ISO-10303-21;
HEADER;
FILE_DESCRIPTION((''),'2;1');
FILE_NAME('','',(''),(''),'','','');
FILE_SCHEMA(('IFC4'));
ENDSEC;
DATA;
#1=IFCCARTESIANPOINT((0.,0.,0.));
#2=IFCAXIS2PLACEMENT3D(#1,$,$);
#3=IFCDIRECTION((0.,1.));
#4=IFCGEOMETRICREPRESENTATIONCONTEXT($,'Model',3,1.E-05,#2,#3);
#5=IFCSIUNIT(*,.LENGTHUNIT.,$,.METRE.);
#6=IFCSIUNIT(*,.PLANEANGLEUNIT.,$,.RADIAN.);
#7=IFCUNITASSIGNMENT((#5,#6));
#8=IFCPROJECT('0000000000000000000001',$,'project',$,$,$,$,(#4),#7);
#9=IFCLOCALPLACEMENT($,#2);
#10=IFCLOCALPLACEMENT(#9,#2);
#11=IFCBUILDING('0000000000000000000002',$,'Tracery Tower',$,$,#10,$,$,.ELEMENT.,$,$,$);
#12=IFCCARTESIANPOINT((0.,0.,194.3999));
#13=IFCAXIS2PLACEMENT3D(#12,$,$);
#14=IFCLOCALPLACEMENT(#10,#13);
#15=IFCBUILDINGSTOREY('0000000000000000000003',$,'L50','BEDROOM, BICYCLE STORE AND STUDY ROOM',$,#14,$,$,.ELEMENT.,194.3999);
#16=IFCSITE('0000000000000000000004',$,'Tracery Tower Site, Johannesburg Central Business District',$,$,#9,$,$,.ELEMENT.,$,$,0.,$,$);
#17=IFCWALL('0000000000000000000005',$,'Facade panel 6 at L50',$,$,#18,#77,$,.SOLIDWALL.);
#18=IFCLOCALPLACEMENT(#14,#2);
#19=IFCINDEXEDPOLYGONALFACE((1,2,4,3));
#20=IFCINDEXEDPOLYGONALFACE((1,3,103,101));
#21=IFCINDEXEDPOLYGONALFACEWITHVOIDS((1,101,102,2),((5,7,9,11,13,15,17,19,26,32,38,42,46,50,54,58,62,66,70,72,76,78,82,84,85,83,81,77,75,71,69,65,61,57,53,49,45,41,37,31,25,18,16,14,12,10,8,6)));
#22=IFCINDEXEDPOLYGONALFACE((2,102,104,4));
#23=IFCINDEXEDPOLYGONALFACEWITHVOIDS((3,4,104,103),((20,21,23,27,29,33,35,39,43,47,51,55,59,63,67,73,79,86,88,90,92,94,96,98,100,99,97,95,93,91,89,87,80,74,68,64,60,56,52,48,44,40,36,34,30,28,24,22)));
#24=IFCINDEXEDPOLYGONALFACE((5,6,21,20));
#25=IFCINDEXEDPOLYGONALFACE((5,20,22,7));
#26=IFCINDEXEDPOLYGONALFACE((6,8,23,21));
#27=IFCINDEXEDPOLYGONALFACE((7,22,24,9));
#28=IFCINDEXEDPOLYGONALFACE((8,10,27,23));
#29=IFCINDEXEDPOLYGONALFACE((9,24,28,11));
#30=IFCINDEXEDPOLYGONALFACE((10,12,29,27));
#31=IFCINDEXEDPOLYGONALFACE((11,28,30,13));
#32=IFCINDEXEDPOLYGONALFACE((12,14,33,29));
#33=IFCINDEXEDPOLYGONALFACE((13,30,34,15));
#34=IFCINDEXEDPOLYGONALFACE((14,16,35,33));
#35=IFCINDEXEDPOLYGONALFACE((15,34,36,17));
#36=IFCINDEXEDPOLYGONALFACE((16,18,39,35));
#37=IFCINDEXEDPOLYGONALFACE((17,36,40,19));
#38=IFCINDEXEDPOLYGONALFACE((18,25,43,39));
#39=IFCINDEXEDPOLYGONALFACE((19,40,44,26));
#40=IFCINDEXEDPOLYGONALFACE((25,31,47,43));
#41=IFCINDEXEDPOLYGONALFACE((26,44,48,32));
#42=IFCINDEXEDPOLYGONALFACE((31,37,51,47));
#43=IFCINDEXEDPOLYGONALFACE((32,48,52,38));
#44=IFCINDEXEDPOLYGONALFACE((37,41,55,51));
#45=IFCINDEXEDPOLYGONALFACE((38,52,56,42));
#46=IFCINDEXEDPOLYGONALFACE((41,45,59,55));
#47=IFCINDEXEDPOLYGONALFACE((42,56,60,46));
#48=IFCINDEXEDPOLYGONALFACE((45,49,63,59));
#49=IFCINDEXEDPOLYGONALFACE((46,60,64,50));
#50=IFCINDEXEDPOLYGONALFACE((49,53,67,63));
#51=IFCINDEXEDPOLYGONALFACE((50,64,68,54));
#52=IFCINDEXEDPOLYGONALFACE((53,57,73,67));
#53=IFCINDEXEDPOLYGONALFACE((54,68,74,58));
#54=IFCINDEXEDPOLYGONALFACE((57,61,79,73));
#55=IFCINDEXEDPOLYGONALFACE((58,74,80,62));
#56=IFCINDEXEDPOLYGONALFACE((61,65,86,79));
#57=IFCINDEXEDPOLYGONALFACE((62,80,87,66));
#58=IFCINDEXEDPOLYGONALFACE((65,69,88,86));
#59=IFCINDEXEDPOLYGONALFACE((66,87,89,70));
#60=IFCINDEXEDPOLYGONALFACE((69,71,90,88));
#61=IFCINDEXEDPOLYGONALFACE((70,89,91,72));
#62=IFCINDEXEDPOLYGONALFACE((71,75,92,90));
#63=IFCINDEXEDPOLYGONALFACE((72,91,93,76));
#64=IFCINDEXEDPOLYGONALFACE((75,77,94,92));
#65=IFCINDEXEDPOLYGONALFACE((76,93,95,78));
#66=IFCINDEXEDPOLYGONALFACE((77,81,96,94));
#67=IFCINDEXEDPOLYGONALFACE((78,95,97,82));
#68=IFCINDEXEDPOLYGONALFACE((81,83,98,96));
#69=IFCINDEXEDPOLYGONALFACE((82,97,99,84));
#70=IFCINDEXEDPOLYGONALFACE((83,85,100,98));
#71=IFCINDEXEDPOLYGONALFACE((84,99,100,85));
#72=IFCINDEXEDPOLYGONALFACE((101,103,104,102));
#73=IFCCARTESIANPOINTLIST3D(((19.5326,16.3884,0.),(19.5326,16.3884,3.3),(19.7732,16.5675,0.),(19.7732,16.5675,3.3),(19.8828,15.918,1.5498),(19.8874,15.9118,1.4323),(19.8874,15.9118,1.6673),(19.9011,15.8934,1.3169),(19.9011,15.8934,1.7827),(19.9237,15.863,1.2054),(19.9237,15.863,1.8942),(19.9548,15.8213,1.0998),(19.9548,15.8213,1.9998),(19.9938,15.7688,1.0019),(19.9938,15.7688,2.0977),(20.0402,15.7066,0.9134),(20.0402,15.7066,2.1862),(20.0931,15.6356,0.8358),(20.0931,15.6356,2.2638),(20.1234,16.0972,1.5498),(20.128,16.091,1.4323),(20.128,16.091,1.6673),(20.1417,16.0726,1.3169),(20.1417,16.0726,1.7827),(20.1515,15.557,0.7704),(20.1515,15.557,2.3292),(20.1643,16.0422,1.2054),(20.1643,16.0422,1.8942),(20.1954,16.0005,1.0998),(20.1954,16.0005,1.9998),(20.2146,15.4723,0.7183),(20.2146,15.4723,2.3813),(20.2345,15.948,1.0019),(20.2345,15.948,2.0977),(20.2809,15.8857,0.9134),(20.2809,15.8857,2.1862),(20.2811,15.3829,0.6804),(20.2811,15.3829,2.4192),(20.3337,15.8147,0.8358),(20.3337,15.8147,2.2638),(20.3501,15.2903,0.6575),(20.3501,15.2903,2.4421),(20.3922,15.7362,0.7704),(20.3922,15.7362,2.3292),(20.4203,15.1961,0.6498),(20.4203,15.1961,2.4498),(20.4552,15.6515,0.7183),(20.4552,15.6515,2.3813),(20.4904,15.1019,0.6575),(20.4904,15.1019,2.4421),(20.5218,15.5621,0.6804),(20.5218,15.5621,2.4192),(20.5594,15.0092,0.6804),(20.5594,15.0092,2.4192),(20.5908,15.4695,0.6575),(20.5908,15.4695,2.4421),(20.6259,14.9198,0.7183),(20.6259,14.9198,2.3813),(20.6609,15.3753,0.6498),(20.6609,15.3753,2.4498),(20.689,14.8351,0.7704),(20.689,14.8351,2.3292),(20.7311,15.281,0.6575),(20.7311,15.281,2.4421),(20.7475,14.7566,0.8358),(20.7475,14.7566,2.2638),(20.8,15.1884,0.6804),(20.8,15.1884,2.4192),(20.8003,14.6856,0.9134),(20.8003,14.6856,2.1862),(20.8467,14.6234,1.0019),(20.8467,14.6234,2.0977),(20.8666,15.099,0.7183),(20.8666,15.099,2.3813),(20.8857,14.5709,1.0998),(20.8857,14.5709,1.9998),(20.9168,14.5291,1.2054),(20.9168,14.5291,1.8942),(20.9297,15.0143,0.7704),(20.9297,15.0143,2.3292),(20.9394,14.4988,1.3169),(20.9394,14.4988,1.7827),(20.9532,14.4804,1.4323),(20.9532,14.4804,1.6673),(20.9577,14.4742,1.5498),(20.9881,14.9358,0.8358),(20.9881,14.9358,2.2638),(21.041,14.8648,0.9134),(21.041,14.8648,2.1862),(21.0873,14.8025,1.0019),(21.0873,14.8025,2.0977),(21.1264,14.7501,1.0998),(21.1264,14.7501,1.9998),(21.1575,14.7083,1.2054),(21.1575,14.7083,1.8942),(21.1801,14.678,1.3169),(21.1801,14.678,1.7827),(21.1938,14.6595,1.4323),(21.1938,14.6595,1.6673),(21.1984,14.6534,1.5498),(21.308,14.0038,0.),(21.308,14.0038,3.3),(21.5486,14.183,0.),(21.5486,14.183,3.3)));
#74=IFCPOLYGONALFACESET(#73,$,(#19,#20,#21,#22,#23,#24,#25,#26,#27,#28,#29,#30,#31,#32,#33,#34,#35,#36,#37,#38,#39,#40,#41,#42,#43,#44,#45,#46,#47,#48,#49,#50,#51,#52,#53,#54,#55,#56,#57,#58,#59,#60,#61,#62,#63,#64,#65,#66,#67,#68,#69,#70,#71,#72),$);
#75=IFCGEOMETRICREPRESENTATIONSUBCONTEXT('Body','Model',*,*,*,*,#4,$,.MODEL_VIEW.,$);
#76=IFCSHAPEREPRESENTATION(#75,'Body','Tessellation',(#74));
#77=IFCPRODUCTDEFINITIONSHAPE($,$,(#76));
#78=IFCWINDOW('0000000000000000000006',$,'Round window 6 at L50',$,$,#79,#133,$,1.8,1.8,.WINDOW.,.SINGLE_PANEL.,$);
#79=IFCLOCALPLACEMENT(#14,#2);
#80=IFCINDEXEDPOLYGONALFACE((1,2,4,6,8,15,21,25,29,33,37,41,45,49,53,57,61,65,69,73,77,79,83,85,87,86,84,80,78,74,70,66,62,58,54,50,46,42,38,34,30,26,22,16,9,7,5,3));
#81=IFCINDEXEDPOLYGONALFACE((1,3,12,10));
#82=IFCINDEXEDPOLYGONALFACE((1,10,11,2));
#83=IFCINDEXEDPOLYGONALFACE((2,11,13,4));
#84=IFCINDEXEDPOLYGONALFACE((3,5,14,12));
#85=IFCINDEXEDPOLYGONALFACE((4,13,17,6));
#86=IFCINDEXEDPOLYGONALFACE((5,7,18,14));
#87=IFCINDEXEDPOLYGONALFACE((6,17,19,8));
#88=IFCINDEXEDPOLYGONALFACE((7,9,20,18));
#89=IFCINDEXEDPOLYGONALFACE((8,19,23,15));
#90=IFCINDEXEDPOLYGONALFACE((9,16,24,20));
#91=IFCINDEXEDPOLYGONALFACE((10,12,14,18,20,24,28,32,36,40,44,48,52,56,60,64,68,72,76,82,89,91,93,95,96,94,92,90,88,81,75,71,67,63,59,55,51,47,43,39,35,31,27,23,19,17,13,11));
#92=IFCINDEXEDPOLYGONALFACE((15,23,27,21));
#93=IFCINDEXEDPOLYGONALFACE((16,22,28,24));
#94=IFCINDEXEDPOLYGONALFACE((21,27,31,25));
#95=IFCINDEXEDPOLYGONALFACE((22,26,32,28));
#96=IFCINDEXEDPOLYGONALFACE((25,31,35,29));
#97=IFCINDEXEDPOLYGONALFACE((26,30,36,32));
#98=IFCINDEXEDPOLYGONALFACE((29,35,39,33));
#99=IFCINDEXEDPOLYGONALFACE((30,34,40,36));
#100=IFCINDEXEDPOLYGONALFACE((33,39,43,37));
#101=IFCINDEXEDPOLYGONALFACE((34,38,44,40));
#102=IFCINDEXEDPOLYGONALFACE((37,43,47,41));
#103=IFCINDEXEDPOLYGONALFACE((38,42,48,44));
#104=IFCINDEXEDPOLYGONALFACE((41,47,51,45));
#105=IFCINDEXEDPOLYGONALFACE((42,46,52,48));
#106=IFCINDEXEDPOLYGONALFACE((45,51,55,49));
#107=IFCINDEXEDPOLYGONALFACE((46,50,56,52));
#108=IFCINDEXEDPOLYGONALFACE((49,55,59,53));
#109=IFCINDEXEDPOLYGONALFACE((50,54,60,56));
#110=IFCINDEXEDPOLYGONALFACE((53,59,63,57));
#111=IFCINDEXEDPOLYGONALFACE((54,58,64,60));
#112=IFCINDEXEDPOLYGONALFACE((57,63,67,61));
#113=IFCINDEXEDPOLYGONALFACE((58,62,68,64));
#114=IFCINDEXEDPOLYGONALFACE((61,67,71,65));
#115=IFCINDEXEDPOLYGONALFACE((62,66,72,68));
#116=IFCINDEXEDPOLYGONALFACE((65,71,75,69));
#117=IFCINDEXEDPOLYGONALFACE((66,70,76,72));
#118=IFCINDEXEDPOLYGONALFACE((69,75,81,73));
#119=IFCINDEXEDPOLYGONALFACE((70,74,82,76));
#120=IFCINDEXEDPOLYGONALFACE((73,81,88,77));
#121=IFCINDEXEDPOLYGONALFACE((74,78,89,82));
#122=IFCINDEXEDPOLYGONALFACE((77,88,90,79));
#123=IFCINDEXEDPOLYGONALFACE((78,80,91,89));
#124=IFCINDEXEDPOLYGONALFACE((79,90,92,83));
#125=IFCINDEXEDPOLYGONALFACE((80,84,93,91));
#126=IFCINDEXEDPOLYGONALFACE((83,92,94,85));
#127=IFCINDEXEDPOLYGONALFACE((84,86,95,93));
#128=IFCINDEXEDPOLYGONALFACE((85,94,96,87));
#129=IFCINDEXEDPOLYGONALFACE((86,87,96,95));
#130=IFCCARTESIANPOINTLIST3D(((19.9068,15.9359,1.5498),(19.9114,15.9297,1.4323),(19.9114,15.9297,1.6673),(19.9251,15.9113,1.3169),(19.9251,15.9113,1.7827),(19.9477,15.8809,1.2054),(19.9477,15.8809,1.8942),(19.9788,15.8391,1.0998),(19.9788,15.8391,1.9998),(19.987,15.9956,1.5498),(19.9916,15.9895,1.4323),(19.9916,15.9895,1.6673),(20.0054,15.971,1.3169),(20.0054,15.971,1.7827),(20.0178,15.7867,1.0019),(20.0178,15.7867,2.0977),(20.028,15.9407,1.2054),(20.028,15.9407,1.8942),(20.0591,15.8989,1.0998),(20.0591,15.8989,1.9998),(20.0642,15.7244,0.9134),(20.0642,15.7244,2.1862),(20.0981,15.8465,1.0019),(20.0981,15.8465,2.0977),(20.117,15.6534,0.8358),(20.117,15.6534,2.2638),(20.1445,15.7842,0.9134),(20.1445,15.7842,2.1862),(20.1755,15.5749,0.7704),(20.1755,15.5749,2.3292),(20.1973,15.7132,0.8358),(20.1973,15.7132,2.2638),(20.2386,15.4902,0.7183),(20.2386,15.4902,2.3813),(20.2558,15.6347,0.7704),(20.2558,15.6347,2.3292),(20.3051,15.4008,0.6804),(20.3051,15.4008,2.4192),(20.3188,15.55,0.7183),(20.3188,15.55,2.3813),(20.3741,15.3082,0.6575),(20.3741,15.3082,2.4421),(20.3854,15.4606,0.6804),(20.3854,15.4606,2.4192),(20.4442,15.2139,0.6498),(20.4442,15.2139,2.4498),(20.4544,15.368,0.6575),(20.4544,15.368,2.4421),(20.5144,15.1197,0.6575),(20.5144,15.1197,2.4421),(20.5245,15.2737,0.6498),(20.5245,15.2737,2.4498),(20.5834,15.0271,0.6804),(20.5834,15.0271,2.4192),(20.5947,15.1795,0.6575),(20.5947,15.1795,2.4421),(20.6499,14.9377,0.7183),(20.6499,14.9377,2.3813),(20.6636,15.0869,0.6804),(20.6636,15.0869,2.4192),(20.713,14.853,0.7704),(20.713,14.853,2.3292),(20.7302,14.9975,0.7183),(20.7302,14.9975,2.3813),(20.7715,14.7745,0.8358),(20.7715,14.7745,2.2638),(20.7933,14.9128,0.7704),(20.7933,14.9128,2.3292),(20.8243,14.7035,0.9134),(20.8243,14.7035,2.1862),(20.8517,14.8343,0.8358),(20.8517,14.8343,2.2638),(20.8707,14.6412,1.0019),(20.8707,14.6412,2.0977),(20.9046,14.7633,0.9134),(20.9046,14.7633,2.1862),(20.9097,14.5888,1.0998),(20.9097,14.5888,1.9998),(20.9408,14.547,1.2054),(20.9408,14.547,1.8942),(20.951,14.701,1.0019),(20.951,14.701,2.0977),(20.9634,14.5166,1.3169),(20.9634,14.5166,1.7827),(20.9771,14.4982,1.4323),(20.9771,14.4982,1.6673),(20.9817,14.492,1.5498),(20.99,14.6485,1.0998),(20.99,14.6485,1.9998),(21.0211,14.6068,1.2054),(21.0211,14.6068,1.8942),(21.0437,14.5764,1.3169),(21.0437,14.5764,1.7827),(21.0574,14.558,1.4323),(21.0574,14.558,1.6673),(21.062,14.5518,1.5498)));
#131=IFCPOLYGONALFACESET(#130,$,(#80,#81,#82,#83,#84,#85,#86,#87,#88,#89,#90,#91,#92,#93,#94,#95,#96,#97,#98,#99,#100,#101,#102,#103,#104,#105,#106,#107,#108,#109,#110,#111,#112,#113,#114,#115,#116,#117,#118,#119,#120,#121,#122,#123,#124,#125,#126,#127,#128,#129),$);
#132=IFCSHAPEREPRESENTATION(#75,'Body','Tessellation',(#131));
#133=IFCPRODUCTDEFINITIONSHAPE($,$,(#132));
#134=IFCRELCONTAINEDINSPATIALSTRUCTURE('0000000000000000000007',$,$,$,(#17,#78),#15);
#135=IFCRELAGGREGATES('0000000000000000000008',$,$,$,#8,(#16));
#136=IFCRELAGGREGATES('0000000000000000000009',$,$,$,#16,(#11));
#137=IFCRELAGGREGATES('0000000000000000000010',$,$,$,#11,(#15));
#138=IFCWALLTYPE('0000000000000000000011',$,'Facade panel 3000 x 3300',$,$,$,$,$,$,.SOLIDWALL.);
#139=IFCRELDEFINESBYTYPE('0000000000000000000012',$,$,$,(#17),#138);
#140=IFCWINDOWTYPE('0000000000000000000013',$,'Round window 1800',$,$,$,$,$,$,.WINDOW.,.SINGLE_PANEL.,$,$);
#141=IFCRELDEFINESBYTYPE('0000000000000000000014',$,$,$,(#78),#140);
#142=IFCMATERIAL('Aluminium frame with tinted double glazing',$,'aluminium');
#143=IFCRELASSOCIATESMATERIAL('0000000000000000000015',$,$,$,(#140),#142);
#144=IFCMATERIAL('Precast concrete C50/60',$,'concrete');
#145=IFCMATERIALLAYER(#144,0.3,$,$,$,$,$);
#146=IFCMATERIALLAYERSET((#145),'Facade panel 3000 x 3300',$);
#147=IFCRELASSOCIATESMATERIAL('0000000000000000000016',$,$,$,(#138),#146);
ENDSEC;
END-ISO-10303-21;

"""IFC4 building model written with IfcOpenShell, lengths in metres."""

from ifc_helpers import new_model, si_unit, direction, frame, frame_2d, origin, origin_2d, place, context, subcontext, project, spatial, rectangle, circle, extrude, material, layer, layer_set, type_object, element, fill, save


model = new_model("IFC4")

# Units and contexts
model_context = context("Model", 3, precision=1e-05, world=origin(), true_north=direction((0.0, 1.0)))
body_context = subcontext(model_context, "Body", "Model", "MODEL_VIEW")
ifc_project = project(units=[si_unit("LENGTHUNIT", "METRE"), si_unit("PLANEANGLEUNIT", "RADIAN")], contexts=[model_context])

# Site, building, storey
site_placement = place(None, origin())
site = spatial("IfcSite", under=ifc_project, at=site_placement, Name="Tracery Tower Site, Johannesburg Central Business District", CompositionType="ELEMENT", RefElevation=0.0)
building_placement = place(site_placement, origin())
building = spatial("IfcBuilding", under=site, at=building_placement, Name="Tracery Tower", CompositionType="ELEMENT")
storey_placement = place(building_placement, frame((0.0, 0.0, 194.3999)))
storey = spatial("IfcBuildingStorey", under=building, at=storey_placement, Name="L50", Description="BEDROOM, BICYCLE STORE AND STUDY ROOM", CompositionType="ELEMENT", Elevation=194.3999)

# Wall, opening, window
ifc_material_1 = material(Name="Aluminium frame with tinted double glazing", Category="aluminium")
window_type = type_object("IfcWindowType", Name="Round window 1800", PartitioningType="SINGLE_PANEL", PredefinedType="WINDOW", material=ifc_material_1)
ifc_material_2 = material(Name="Precast concrete C50/60", Category="concrete")
ifc_layer_1 = layer(ifc_material_2, 0.3)
ifc_layer_set_1 = layer_set([ifc_layer_1], Name="Facade panel 3000 x 3300")
wall_type_1 = type_object("IfcWallType", Name="Facade panel 3000 x 3300", PredefinedType="SOLIDWALL", material=ifc_layer_set_1)
wall_1_placement = place(storey_placement, frame((21.4282, 14.0935, 0.0), z_axis=(0.0, 0.0, 1.0), x_axis=(-0.597198, 0.802094, 0.0)))
wall_1 = element("IfcWall", 1, at=wall_1_placement, inside=storey, type_object=wall_type_1, Name="Facade panel 6 at L50", PredefinedType="SOLIDWALL", context=body_context, shape_type="SweptSolid", body=[
    extrude(rectangle(XDim=2.9729, YDim=0.3, at=frame_2d((1.4863, 0.0))), origin(), (0.0, 0.0, 1.0), 3.3),
])
opening_1_placement = place(wall_1_placement, frame((1.4863, 0.0, 1.5498)))
opening_1 = element("IfcOpeningElement", 2, at=opening_1_placement, cuts=wall_1, PredefinedType="OPENING", context=body_context, shape_type="SweptSolid", body=[
    extrude(circle(Radius=0.9, at=origin_2d()), frame((0.0, 0.1599, 0.0), z_axis=(0.0, -1.0, 0.0), x_axis=(1.0, 0.0, 0.0)), (0.0, 0.0, 1.0), 0.3201),
])
window_1_placement = place(opening_1_placement, origin())
window_1 = element("IfcWindow", 3, at=window_1_placement, inside=storey, type_object=window_type, Name="Round window 6 at L50", OverallHeight=1.8, OverallWidth=1.8, PartitioningType="SINGLE_PANEL", PredefinedType="WINDOW", context=body_context, shape_type="SweptSolid", body=[
    extrude(circle(Radius=0.9, at=origin_2d()), frame((0.0, 0.1201, 0.0), z_axis=(0.0, -1.0, 0.0), x_axis=(1.0, 0.0, 0.0)), (0.0, 0.0, 1.0), 0.1001),
])
fill(opening_1, window_1)

save(model, "model.ifc")
